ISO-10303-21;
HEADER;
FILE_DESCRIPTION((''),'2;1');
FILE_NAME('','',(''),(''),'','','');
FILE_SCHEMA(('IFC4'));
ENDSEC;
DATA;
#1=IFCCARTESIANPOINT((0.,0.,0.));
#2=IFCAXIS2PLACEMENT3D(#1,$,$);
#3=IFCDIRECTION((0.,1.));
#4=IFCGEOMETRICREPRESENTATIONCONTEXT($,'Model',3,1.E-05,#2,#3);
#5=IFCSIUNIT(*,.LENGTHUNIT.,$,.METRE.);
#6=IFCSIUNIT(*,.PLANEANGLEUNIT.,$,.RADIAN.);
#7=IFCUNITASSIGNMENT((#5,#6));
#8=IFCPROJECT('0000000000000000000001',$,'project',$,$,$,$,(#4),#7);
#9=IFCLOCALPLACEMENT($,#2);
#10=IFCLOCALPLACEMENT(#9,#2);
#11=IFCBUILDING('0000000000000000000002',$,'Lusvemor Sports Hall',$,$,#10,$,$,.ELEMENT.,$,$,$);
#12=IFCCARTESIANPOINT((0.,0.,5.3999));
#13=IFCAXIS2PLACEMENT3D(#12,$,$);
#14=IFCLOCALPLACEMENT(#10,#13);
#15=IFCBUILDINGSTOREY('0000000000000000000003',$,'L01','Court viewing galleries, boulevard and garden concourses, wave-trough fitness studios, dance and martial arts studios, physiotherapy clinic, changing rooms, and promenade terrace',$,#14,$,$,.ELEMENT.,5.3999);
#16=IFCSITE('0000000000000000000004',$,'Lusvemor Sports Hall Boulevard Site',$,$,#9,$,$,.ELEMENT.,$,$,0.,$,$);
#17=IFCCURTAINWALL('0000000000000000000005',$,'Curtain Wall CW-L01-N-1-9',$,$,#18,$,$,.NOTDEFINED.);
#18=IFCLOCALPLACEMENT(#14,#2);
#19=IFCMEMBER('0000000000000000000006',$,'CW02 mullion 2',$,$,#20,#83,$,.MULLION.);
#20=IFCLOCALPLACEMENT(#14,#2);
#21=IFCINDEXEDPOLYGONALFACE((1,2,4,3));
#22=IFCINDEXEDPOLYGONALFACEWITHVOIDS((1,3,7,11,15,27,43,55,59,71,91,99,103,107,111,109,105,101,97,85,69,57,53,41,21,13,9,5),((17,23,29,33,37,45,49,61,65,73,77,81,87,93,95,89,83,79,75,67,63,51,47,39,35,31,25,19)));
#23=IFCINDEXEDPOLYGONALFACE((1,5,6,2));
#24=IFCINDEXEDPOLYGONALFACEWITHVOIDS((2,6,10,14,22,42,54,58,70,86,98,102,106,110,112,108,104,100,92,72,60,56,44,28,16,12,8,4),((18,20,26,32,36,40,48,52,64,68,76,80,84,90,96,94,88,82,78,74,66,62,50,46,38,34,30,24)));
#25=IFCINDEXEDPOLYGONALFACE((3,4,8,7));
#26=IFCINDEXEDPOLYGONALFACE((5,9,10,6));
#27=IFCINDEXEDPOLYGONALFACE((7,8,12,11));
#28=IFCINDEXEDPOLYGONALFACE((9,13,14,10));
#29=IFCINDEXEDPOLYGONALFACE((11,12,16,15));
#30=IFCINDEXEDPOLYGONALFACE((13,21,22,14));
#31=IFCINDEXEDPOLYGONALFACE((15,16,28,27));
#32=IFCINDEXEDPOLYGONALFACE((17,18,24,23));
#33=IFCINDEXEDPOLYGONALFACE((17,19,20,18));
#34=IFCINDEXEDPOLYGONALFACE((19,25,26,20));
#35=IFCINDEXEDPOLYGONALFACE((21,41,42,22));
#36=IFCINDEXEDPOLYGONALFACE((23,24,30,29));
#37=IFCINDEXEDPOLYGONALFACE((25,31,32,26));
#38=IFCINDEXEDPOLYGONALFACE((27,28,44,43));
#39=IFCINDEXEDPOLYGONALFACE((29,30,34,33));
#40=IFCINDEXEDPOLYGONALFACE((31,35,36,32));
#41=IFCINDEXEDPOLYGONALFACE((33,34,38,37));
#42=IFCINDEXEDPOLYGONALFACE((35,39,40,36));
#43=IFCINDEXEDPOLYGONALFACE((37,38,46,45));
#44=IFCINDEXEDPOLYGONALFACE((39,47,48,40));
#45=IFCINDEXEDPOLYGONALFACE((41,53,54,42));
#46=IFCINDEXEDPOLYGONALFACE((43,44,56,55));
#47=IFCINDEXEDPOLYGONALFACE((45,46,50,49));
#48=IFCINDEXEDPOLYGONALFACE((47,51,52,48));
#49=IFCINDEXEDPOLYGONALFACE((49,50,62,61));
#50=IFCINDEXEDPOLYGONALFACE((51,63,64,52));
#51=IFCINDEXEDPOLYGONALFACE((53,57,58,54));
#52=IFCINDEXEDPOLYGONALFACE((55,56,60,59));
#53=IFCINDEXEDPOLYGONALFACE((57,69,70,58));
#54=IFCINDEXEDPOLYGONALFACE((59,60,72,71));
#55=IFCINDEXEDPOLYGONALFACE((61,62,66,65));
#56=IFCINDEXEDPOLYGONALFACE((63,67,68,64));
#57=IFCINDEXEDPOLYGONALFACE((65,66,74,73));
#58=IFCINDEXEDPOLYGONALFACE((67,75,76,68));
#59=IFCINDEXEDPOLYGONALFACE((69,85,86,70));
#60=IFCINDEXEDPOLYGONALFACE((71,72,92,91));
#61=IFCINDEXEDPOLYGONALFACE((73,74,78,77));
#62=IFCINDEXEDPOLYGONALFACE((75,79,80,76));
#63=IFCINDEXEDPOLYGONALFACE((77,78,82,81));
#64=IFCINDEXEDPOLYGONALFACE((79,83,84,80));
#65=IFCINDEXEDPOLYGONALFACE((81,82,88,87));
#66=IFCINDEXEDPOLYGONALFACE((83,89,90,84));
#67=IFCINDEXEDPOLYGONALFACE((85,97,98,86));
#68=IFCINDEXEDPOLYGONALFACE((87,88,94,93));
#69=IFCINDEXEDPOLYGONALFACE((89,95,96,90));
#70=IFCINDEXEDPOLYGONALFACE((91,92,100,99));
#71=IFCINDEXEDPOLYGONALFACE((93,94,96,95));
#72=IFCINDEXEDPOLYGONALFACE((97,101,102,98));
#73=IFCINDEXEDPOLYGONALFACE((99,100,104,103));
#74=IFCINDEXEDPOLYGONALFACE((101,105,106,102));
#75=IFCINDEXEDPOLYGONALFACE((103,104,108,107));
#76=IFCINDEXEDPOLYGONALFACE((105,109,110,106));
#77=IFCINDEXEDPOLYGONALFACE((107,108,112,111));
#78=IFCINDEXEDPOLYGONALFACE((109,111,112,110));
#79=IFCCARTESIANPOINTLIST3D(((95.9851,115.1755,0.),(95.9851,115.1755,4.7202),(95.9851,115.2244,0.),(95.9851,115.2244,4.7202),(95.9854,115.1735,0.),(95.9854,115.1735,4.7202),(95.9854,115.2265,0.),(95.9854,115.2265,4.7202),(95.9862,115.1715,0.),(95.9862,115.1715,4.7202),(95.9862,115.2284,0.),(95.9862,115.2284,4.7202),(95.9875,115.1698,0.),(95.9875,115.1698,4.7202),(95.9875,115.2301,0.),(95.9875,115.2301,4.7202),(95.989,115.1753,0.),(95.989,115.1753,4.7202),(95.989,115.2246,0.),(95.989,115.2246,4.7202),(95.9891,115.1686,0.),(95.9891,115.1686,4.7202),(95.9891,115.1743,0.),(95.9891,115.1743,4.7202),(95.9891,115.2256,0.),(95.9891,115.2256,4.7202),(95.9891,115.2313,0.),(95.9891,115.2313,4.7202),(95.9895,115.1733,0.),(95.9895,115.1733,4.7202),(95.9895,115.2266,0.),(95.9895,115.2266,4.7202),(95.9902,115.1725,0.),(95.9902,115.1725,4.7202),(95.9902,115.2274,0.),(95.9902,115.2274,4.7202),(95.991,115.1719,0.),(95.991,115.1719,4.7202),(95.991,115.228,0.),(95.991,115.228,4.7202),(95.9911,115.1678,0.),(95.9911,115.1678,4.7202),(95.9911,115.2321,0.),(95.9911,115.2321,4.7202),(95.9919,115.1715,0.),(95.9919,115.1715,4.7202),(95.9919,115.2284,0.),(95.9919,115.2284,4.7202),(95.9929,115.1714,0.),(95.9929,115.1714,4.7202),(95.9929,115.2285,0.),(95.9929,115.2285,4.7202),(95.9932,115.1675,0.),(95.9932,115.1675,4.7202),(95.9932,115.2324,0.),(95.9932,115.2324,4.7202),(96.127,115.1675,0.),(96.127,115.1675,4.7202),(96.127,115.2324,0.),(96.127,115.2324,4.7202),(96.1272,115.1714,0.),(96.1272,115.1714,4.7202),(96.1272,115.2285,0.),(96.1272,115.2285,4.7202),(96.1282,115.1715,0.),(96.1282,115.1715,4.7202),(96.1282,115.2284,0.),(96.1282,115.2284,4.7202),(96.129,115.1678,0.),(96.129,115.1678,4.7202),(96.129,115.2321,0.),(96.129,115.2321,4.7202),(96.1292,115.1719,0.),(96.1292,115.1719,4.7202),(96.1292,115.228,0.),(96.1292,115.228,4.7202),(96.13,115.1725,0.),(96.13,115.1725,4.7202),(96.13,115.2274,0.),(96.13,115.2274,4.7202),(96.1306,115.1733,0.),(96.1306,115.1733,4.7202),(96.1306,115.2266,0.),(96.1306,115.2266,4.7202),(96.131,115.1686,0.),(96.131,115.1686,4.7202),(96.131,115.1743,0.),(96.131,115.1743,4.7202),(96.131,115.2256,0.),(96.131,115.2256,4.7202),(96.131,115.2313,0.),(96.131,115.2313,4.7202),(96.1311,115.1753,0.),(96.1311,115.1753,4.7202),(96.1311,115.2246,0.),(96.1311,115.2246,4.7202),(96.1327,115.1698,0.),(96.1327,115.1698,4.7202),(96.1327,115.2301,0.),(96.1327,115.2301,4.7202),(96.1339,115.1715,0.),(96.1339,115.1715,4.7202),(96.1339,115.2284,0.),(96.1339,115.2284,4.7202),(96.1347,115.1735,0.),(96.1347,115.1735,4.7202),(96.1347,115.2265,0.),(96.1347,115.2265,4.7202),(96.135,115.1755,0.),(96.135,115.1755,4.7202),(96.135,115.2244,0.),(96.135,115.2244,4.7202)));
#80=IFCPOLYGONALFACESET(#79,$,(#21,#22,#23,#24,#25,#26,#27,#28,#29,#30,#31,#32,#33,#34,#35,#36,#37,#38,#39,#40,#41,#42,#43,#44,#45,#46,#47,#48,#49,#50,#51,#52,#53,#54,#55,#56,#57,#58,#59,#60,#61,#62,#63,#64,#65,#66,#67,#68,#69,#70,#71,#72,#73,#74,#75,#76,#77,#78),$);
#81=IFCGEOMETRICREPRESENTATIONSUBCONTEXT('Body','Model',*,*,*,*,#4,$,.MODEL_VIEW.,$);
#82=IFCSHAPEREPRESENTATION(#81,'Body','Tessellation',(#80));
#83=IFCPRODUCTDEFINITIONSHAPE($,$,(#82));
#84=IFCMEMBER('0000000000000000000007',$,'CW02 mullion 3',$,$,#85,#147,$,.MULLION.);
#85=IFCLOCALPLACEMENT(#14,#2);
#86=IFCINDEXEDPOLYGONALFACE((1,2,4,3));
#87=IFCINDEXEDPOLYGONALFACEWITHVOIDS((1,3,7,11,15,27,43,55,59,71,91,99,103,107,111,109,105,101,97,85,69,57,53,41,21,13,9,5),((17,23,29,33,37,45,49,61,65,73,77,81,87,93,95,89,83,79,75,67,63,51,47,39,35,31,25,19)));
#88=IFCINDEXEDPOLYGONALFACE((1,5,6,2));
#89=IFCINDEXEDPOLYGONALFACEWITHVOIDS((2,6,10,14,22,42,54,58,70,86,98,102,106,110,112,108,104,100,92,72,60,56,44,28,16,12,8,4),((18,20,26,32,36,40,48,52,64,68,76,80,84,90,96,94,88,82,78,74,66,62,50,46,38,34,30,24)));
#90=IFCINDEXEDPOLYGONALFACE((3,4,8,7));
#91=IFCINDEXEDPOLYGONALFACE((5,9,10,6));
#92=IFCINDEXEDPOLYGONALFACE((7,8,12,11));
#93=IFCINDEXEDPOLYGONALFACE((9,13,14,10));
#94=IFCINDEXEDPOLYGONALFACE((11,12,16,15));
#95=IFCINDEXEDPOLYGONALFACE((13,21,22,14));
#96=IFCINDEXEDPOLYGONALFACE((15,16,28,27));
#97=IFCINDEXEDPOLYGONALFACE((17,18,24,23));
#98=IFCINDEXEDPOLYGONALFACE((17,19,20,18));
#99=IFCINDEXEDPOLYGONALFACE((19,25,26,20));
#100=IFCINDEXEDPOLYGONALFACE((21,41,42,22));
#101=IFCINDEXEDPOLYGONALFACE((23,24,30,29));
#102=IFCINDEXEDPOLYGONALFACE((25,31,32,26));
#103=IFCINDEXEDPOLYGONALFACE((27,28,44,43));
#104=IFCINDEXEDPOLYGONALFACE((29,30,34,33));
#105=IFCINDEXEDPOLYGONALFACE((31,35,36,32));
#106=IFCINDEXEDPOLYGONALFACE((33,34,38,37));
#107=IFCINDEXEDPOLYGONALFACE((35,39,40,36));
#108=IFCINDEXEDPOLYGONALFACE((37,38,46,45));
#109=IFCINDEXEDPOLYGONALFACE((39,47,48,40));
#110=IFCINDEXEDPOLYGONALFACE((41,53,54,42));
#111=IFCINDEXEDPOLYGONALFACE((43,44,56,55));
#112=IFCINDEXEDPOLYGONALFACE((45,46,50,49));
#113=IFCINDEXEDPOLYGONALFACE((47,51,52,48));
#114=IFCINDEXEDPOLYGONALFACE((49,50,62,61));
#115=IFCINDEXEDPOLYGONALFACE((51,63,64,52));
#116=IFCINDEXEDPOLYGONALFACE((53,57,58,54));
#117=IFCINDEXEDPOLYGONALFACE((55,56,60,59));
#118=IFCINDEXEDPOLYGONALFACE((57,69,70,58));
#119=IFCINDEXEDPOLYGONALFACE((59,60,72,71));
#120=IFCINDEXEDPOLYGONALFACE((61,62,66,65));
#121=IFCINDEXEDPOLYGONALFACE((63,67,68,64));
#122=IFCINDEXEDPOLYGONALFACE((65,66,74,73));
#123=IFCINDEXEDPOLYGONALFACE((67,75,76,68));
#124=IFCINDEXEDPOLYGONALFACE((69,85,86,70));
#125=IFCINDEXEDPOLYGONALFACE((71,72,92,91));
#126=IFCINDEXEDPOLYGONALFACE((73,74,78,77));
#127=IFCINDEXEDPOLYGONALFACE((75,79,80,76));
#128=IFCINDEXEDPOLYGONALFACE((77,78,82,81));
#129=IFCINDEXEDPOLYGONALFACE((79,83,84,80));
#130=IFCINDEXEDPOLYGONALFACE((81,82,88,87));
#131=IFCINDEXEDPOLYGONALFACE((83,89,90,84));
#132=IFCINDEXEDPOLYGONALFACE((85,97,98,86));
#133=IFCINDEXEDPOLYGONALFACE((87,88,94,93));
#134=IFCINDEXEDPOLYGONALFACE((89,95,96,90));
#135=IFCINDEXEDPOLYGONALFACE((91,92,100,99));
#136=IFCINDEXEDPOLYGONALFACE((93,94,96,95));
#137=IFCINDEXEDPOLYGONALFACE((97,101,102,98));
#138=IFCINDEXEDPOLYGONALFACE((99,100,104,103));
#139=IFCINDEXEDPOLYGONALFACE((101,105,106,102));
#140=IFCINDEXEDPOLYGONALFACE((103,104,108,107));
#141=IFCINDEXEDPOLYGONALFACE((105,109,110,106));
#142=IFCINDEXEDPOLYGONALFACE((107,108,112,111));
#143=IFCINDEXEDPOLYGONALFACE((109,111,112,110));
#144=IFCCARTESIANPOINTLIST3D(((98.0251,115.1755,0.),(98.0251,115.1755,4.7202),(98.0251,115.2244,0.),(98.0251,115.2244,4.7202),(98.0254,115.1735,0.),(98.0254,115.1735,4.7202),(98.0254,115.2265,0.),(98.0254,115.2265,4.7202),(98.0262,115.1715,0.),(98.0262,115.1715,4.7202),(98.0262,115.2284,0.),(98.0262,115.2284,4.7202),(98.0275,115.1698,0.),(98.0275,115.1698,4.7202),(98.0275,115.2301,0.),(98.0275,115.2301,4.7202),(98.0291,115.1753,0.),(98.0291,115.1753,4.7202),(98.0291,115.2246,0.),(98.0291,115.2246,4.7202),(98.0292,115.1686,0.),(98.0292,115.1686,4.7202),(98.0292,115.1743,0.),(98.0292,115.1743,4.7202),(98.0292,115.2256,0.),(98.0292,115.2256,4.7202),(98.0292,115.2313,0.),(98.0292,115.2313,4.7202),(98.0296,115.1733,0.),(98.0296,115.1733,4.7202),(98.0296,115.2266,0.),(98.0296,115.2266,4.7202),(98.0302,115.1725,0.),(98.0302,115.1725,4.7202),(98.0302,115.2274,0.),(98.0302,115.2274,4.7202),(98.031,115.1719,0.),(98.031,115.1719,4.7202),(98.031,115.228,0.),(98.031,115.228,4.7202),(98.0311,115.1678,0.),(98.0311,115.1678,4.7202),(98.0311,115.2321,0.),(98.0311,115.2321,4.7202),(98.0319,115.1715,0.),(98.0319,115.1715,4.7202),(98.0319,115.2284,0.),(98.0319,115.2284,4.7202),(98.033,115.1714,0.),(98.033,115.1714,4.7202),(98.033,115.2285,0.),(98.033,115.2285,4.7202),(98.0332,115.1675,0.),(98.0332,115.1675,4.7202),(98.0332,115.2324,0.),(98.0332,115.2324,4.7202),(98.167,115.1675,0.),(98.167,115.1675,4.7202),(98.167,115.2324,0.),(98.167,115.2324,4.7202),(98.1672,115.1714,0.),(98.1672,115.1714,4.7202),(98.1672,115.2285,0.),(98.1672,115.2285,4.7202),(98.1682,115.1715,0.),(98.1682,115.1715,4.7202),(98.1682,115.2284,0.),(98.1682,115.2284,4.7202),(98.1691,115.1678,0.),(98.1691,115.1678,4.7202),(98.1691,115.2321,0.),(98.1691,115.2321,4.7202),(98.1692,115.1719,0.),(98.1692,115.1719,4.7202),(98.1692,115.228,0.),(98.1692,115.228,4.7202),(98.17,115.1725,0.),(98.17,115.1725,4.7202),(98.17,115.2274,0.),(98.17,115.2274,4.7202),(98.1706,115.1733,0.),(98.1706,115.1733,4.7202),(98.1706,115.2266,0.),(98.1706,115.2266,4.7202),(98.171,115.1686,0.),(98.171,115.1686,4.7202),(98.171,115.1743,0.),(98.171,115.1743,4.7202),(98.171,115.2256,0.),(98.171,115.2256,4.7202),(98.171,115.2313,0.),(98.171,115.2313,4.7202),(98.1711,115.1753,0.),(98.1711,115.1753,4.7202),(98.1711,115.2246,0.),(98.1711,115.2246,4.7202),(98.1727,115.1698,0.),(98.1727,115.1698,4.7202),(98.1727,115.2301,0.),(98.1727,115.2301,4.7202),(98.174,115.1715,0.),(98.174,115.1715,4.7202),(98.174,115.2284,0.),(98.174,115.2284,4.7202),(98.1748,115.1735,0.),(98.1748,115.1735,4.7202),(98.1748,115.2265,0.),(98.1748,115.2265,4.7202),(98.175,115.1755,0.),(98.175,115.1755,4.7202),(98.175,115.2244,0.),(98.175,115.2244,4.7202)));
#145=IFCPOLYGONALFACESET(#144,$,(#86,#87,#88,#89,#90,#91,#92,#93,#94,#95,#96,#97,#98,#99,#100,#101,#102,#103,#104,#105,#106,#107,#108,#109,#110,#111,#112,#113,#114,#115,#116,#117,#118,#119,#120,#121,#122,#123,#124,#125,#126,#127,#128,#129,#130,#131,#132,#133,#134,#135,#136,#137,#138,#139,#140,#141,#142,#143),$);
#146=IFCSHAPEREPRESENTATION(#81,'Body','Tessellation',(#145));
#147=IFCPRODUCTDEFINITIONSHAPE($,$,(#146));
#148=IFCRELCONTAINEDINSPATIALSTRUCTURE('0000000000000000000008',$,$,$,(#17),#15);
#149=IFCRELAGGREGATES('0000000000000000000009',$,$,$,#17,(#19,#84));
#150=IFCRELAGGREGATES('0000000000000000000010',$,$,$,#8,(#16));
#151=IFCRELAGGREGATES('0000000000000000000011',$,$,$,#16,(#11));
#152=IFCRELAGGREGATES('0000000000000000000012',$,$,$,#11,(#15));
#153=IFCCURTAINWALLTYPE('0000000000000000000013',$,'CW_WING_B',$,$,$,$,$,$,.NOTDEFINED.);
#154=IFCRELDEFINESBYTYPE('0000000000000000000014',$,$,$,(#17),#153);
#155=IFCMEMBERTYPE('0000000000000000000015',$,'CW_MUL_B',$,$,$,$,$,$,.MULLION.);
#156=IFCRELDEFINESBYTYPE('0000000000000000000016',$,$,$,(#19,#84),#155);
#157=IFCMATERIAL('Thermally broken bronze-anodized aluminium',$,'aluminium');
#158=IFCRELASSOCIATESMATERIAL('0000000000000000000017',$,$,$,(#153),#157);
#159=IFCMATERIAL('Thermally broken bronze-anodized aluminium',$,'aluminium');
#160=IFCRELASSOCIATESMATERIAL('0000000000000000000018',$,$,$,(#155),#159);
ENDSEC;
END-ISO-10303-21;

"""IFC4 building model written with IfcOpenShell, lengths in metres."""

from ifc_helpers import new_model, si_unit, direction, frame, origin, origin_2d, place, context, subcontext, project, spatial, hollow_rectangle, extrude, material, material_profile, profile_set, type_object, element, aggregate, save


model = new_model("IFC4")

# Units and contexts
model_context = context("Model", 3, precision=1e-05, world=origin(), true_north=direction((0.0, 1.0)))
body_context = subcontext(model_context, "Body", "Model", "MODEL_VIEW")
ifc_project = project(units=[si_unit("LENGTHUNIT", "METRE"), si_unit("PLANEANGLEUNIT", "RADIAN")], contexts=[model_context])

# Site, building, storey
site_placement = place(None, origin())
site = spatial("IfcSite", under=ifc_project, at=site_placement, Name="Lusvemor Sports Hall Boulevard Site", CompositionType="ELEMENT", RefElevation=0.0)
building_placement = place(site_placement, origin())
building = spatial("IfcBuilding", under=site, at=building_placement, Name="Lusvemor Sports Hall", CompositionType="ELEMENT")
storey_placement = place(building_placement, frame((0.0, 0.0, 5.3999)))
storey = spatial("IfcBuildingStorey", under=building, at=storey_placement, Name="L01", Description="Court viewing galleries, boulevard and garden concourses, wave-trough fitness studios, dance and martial arts studios, physiotherapy clinic, changing rooms, and promenade terrace", CompositionType="ELEMENT", Elevation=5.3999)

# Curtain wall, members
ifc_material_1 = material(Name="Thermally broken bronze-anodized aluminium", Category="aluminium")
curtain_wall_type = type_object("IfcCurtainWallType", Name="CW_WING_B", PredefinedType="NOTDEFINED", material=ifc_material_1)
curtain_wall_placement = place(storey_placement, origin())
curtain_wall = element("IfcCurtainWall", 1, at=curtain_wall_placement, inside=storey, type_object=curtain_wall_type, Name="Curtain Wall CW-L01-N-1-9", PredefinedType="NOTDEFINED")
ifc_material_2 = material(Name="Thermally broken bronze-anodized aluminium", Category="aluminium")
ifc_material_profile_1 = material_profile(ifc_material_2, hollow_rectangle(XDim=0.0649, YDim=0.1499, WallThickness=0.0039, InnerFilletRadius=0.0039, OuterFilletRadius=0.0081, at=origin_2d()), Name="CWMUL150x65x4")
ifc_profile_set_1 = profile_set([ifc_material_profile_1], Name="Thermally broken bronze-anodized aluminium")
member_type_1 = type_object("IfcMemberType", Name="CW_MUL_B", PredefinedType="MULLION", material=ifc_profile_set_1)
member_1_placement = place(storey_placement, frame((96.0601, 115.2, 0.0), z_axis=(0.0, 0.0, 1.0), x_axis=(0.0, 1.0, 0.0)))
member_1 = element("IfcMember", 2, at=member_1_placement, type_object=member_type_1, Name="CW02 mullion 2", PredefinedType="MULLION", context=body_context, shape_type="SweptSolid", body=[
    extrude(hollow_rectangle(XDim=0.0649, YDim=0.1499, WallThickness=0.0039, InnerFilletRadius=0.0039, OuterFilletRadius=0.0081, at=origin_2d()), origin(), (0.0, 0.0, 1.0), 4.7202),
])
member_2_placement = place(storey_placement, frame((98.1001, 115.2, 0.0), z_axis=(0.0, 0.0, 1.0), x_axis=(0.0, 1.0, 0.0)))
member_2 = element("IfcMember", 3, at=member_2_placement, type_object=member_type_1, Name="CW02 mullion 3", PredefinedType="MULLION", context=body_context, shape_type="SweptSolid", body=[
    extrude(hollow_rectangle(XDim=0.0649, YDim=0.1499, WallThickness=0.0039, InnerFilletRadius=0.0039, OuterFilletRadius=0.0081, at=origin_2d()), origin(), (0.0, 0.0, 1.0), 4.7202),
])

aggregate(curtain_wall, [member_1, member_2])

save(model, "model.ifc")
